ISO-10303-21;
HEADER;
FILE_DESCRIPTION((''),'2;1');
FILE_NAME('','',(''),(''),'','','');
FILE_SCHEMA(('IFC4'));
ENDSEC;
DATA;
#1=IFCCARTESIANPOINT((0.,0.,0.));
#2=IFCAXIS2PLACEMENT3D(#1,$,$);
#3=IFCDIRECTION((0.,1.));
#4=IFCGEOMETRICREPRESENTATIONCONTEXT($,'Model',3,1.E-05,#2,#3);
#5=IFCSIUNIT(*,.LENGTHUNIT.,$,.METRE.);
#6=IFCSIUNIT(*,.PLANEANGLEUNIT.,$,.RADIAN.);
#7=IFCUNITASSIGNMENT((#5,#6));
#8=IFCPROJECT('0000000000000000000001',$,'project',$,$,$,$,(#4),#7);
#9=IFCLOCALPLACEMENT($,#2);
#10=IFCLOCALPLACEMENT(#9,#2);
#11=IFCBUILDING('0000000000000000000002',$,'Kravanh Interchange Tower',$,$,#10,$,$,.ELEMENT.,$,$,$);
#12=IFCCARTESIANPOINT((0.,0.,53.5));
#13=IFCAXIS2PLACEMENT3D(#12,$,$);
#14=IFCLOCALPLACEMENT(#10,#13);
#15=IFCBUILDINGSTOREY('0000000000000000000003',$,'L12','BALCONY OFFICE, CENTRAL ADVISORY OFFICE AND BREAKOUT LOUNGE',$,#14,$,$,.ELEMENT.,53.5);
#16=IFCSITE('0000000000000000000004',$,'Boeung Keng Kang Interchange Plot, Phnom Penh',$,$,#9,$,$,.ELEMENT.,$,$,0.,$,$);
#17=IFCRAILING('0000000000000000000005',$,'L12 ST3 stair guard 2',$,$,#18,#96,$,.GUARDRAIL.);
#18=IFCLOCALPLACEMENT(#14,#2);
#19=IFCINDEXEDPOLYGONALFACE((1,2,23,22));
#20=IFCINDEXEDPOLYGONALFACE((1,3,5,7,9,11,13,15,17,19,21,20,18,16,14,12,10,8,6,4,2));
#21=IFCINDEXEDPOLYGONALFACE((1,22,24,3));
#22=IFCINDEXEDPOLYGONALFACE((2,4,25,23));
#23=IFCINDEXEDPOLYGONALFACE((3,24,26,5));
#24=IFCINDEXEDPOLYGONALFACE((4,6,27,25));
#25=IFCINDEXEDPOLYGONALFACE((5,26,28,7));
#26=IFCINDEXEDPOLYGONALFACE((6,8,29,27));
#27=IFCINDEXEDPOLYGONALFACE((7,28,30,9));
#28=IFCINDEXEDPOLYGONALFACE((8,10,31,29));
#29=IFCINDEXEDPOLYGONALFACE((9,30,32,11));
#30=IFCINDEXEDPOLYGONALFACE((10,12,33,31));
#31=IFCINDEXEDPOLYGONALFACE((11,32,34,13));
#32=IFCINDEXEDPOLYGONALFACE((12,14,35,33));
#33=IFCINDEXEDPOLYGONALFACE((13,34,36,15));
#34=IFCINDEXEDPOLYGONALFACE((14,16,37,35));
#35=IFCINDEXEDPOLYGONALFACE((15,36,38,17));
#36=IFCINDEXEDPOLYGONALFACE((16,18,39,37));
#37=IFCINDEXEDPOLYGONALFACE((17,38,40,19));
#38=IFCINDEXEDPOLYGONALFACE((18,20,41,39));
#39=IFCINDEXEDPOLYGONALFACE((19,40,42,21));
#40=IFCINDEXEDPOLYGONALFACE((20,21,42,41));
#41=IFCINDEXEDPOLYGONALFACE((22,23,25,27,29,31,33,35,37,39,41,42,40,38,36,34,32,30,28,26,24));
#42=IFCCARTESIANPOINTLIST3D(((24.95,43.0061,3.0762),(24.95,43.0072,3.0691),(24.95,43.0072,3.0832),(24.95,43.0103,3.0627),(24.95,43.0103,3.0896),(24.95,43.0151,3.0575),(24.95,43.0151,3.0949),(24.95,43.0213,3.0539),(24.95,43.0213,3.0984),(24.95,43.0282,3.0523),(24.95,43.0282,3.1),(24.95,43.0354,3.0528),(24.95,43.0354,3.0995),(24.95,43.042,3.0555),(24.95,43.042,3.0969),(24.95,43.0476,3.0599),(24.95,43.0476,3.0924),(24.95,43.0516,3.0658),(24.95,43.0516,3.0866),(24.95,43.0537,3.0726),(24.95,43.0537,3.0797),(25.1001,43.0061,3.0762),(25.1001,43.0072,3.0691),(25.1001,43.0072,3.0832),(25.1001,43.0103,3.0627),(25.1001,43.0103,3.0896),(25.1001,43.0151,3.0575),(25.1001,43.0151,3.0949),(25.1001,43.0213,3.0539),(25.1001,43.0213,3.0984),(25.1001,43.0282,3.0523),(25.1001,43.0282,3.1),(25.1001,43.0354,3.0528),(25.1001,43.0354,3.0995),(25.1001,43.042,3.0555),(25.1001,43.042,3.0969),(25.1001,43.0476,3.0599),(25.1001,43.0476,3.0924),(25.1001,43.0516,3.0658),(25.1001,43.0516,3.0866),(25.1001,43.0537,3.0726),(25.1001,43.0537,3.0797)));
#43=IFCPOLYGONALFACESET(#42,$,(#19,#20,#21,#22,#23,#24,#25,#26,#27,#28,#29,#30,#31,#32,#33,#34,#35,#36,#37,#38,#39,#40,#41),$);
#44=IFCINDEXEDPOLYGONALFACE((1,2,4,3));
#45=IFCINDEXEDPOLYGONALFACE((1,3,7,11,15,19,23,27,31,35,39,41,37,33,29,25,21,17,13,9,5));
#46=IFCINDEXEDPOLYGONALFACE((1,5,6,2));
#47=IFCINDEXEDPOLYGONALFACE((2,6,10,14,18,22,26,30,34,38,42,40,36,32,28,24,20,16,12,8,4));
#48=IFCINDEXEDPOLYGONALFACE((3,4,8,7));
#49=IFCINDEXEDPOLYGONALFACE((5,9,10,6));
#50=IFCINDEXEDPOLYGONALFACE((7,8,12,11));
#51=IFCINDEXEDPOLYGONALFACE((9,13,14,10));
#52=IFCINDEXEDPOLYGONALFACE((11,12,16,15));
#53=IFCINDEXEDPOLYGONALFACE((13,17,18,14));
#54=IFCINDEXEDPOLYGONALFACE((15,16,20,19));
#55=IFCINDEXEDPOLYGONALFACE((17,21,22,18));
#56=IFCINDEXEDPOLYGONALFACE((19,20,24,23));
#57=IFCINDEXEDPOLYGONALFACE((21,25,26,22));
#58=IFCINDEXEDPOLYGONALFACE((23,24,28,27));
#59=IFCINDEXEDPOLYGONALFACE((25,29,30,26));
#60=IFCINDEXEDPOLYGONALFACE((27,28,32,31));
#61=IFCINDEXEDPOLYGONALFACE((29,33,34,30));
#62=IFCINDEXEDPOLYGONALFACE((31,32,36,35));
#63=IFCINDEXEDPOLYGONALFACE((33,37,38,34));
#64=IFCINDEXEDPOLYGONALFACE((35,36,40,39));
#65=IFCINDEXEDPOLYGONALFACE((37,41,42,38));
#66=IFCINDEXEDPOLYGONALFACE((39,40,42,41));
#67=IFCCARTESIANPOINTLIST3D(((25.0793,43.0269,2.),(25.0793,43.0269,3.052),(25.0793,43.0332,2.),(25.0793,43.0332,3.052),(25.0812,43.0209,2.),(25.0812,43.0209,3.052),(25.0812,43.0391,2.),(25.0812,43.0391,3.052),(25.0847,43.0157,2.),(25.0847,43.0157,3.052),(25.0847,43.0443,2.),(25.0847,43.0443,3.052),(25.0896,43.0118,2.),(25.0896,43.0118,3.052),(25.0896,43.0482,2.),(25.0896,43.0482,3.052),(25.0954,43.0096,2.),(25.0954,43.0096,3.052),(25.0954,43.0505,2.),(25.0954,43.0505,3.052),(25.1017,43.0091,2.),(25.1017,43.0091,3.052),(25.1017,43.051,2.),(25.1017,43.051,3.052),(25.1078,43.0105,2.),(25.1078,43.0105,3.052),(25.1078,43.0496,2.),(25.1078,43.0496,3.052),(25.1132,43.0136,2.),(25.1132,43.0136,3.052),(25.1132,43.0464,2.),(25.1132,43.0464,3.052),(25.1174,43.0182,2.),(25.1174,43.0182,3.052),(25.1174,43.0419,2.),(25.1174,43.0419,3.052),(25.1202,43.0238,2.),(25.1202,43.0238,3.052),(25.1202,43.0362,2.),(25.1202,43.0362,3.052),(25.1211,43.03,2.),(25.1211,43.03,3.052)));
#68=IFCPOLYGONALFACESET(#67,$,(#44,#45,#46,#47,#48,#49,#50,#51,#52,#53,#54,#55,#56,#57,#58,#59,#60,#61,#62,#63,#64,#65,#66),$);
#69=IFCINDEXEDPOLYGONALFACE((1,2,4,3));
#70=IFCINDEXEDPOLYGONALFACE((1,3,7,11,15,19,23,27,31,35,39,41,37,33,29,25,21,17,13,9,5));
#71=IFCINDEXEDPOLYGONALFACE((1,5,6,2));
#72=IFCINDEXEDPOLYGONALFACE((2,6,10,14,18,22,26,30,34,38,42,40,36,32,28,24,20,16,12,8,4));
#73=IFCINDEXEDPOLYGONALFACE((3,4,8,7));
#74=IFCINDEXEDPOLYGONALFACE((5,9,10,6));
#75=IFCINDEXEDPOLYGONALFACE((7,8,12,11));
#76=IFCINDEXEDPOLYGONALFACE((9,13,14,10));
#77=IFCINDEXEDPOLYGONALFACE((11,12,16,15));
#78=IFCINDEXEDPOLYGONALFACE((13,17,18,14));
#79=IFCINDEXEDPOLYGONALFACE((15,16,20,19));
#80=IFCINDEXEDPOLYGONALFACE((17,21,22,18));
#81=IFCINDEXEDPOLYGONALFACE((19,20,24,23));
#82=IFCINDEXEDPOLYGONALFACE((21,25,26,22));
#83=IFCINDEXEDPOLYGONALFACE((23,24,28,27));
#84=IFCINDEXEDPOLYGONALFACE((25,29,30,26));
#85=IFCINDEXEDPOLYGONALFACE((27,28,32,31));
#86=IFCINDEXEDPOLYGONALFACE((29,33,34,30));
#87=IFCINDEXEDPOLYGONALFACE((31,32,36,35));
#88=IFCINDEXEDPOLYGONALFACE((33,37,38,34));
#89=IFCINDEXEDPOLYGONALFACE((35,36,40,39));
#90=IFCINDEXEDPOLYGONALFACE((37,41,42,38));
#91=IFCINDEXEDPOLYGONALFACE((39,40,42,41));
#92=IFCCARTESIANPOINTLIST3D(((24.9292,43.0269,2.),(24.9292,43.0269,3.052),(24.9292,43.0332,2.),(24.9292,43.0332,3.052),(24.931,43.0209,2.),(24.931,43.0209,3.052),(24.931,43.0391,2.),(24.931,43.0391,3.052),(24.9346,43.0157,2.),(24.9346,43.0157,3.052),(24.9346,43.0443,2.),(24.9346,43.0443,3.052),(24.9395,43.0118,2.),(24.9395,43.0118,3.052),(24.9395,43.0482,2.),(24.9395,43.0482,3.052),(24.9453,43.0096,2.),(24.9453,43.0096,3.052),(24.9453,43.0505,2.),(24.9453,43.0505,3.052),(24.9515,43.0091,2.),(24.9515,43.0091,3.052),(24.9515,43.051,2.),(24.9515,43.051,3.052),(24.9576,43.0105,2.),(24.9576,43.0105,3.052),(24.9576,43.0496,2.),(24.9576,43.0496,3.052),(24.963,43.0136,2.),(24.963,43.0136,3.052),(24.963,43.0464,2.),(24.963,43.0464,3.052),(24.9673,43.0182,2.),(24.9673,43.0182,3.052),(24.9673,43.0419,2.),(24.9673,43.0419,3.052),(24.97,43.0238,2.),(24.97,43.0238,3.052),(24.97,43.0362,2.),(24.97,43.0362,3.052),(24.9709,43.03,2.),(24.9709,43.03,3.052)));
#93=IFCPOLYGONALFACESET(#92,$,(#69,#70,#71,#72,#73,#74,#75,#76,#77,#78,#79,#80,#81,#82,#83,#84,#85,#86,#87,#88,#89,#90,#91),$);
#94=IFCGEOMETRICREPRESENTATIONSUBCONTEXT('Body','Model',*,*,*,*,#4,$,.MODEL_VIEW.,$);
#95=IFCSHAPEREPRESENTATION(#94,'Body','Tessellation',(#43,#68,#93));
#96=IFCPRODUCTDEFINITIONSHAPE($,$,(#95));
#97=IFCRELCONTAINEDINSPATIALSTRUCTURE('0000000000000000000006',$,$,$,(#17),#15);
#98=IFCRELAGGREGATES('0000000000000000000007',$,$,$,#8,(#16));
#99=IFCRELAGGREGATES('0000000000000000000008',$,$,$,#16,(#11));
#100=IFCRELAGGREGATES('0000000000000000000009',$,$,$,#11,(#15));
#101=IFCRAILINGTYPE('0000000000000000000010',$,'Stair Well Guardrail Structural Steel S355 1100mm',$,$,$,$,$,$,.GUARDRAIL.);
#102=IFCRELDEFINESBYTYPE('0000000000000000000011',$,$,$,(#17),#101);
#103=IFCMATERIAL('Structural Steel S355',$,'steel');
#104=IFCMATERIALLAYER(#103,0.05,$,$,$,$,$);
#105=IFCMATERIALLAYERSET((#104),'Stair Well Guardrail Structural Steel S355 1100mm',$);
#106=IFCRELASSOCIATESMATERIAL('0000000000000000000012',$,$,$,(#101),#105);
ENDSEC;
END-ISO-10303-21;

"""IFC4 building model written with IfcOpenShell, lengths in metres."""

from ifc_helpers import new_model, si_unit, direction, frame, origin, origin_2d, place, context, subcontext, project, spatial, circle, extrude, material, layer, layer_set, type_object, element, save


model = new_model("IFC4")

# Units and contexts
model_context = context("Model", 3, precision=1e-05, world=origin(), true_north=direction((0.0, 1.0)))
body_context = subcontext(model_context, "Body", "Model", "MODEL_VIEW")
ifc_project = project(units=[si_unit("LENGTHUNIT", "METRE"), si_unit("PLANEANGLEUNIT", "RADIAN")], contexts=[model_context])

# Site, building, storey
site_placement = place(None, origin())
site = spatial("IfcSite", under=ifc_project, at=site_placement, Name="Boeung Keng Kang Interchange Plot, Phnom Penh", CompositionType="ELEMENT", RefElevation=0.0)
building_placement = place(site_placement, origin())
building = spatial("IfcBuilding", under=site, at=building_placement, Name="Kravanh Interchange Tower", CompositionType="ELEMENT")
storey_placement = place(building_placement, frame((0.0, 0.0, 53.5)))
storey = spatial("IfcBuildingStorey", under=building, at=storey_placement, Name="L12", Description="BALCONY OFFICE, CENTRAL ADVISORY OFFICE AND BREAKOUT LOUNGE", CompositionType="ELEMENT", Elevation=53.5)

# Railing
ifc_material_1 = material(Name="Structural Steel S355", Category="steel")
ifc_layer_1 = layer(ifc_material_1, 0.05)
ifc_layer_set_1 = layer_set([ifc_layer_1], Name="Stair Well Guardrail Structural Steel S355 1100mm")
railing_type_1 = type_object("IfcRailingType", Name="Stair Well Guardrail Structural Steel S355 1100mm", PredefinedType="GUARDRAIL", material=ifc_layer_set_1)
railing_1_placement = place(storey_placement, frame((25.1001, 43.03, 2.0)))
element("IfcRailing", 1, at=railing_1_placement, inside=storey, type_object=railing_type_1, Name="L12 ST3 stair guard 2", PredefinedType="GUARDRAIL", context=body_context, shape_type="SweptSolid", body=[
    extrude(circle(Radius=0.0239, at=origin_2d()), frame((0.0, 0.0, 1.0762), z_axis=(-1.0, 0.0, 0.0), x_axis=(0.0, -1.0, 0.0)), (0.0, 0.0, 1.0), 0.1501),
    extrude(circle(Radius=0.021, at=origin_2d()), origin(), (0.0, 0.0, 1.0), 1.052),
    extrude(circle(Radius=0.021, at=origin_2d()), frame((-0.1501, 0.0, 0.0)), (0.0, 0.0, 1.0), 1.052),
])

save(model, "model.ifc")
